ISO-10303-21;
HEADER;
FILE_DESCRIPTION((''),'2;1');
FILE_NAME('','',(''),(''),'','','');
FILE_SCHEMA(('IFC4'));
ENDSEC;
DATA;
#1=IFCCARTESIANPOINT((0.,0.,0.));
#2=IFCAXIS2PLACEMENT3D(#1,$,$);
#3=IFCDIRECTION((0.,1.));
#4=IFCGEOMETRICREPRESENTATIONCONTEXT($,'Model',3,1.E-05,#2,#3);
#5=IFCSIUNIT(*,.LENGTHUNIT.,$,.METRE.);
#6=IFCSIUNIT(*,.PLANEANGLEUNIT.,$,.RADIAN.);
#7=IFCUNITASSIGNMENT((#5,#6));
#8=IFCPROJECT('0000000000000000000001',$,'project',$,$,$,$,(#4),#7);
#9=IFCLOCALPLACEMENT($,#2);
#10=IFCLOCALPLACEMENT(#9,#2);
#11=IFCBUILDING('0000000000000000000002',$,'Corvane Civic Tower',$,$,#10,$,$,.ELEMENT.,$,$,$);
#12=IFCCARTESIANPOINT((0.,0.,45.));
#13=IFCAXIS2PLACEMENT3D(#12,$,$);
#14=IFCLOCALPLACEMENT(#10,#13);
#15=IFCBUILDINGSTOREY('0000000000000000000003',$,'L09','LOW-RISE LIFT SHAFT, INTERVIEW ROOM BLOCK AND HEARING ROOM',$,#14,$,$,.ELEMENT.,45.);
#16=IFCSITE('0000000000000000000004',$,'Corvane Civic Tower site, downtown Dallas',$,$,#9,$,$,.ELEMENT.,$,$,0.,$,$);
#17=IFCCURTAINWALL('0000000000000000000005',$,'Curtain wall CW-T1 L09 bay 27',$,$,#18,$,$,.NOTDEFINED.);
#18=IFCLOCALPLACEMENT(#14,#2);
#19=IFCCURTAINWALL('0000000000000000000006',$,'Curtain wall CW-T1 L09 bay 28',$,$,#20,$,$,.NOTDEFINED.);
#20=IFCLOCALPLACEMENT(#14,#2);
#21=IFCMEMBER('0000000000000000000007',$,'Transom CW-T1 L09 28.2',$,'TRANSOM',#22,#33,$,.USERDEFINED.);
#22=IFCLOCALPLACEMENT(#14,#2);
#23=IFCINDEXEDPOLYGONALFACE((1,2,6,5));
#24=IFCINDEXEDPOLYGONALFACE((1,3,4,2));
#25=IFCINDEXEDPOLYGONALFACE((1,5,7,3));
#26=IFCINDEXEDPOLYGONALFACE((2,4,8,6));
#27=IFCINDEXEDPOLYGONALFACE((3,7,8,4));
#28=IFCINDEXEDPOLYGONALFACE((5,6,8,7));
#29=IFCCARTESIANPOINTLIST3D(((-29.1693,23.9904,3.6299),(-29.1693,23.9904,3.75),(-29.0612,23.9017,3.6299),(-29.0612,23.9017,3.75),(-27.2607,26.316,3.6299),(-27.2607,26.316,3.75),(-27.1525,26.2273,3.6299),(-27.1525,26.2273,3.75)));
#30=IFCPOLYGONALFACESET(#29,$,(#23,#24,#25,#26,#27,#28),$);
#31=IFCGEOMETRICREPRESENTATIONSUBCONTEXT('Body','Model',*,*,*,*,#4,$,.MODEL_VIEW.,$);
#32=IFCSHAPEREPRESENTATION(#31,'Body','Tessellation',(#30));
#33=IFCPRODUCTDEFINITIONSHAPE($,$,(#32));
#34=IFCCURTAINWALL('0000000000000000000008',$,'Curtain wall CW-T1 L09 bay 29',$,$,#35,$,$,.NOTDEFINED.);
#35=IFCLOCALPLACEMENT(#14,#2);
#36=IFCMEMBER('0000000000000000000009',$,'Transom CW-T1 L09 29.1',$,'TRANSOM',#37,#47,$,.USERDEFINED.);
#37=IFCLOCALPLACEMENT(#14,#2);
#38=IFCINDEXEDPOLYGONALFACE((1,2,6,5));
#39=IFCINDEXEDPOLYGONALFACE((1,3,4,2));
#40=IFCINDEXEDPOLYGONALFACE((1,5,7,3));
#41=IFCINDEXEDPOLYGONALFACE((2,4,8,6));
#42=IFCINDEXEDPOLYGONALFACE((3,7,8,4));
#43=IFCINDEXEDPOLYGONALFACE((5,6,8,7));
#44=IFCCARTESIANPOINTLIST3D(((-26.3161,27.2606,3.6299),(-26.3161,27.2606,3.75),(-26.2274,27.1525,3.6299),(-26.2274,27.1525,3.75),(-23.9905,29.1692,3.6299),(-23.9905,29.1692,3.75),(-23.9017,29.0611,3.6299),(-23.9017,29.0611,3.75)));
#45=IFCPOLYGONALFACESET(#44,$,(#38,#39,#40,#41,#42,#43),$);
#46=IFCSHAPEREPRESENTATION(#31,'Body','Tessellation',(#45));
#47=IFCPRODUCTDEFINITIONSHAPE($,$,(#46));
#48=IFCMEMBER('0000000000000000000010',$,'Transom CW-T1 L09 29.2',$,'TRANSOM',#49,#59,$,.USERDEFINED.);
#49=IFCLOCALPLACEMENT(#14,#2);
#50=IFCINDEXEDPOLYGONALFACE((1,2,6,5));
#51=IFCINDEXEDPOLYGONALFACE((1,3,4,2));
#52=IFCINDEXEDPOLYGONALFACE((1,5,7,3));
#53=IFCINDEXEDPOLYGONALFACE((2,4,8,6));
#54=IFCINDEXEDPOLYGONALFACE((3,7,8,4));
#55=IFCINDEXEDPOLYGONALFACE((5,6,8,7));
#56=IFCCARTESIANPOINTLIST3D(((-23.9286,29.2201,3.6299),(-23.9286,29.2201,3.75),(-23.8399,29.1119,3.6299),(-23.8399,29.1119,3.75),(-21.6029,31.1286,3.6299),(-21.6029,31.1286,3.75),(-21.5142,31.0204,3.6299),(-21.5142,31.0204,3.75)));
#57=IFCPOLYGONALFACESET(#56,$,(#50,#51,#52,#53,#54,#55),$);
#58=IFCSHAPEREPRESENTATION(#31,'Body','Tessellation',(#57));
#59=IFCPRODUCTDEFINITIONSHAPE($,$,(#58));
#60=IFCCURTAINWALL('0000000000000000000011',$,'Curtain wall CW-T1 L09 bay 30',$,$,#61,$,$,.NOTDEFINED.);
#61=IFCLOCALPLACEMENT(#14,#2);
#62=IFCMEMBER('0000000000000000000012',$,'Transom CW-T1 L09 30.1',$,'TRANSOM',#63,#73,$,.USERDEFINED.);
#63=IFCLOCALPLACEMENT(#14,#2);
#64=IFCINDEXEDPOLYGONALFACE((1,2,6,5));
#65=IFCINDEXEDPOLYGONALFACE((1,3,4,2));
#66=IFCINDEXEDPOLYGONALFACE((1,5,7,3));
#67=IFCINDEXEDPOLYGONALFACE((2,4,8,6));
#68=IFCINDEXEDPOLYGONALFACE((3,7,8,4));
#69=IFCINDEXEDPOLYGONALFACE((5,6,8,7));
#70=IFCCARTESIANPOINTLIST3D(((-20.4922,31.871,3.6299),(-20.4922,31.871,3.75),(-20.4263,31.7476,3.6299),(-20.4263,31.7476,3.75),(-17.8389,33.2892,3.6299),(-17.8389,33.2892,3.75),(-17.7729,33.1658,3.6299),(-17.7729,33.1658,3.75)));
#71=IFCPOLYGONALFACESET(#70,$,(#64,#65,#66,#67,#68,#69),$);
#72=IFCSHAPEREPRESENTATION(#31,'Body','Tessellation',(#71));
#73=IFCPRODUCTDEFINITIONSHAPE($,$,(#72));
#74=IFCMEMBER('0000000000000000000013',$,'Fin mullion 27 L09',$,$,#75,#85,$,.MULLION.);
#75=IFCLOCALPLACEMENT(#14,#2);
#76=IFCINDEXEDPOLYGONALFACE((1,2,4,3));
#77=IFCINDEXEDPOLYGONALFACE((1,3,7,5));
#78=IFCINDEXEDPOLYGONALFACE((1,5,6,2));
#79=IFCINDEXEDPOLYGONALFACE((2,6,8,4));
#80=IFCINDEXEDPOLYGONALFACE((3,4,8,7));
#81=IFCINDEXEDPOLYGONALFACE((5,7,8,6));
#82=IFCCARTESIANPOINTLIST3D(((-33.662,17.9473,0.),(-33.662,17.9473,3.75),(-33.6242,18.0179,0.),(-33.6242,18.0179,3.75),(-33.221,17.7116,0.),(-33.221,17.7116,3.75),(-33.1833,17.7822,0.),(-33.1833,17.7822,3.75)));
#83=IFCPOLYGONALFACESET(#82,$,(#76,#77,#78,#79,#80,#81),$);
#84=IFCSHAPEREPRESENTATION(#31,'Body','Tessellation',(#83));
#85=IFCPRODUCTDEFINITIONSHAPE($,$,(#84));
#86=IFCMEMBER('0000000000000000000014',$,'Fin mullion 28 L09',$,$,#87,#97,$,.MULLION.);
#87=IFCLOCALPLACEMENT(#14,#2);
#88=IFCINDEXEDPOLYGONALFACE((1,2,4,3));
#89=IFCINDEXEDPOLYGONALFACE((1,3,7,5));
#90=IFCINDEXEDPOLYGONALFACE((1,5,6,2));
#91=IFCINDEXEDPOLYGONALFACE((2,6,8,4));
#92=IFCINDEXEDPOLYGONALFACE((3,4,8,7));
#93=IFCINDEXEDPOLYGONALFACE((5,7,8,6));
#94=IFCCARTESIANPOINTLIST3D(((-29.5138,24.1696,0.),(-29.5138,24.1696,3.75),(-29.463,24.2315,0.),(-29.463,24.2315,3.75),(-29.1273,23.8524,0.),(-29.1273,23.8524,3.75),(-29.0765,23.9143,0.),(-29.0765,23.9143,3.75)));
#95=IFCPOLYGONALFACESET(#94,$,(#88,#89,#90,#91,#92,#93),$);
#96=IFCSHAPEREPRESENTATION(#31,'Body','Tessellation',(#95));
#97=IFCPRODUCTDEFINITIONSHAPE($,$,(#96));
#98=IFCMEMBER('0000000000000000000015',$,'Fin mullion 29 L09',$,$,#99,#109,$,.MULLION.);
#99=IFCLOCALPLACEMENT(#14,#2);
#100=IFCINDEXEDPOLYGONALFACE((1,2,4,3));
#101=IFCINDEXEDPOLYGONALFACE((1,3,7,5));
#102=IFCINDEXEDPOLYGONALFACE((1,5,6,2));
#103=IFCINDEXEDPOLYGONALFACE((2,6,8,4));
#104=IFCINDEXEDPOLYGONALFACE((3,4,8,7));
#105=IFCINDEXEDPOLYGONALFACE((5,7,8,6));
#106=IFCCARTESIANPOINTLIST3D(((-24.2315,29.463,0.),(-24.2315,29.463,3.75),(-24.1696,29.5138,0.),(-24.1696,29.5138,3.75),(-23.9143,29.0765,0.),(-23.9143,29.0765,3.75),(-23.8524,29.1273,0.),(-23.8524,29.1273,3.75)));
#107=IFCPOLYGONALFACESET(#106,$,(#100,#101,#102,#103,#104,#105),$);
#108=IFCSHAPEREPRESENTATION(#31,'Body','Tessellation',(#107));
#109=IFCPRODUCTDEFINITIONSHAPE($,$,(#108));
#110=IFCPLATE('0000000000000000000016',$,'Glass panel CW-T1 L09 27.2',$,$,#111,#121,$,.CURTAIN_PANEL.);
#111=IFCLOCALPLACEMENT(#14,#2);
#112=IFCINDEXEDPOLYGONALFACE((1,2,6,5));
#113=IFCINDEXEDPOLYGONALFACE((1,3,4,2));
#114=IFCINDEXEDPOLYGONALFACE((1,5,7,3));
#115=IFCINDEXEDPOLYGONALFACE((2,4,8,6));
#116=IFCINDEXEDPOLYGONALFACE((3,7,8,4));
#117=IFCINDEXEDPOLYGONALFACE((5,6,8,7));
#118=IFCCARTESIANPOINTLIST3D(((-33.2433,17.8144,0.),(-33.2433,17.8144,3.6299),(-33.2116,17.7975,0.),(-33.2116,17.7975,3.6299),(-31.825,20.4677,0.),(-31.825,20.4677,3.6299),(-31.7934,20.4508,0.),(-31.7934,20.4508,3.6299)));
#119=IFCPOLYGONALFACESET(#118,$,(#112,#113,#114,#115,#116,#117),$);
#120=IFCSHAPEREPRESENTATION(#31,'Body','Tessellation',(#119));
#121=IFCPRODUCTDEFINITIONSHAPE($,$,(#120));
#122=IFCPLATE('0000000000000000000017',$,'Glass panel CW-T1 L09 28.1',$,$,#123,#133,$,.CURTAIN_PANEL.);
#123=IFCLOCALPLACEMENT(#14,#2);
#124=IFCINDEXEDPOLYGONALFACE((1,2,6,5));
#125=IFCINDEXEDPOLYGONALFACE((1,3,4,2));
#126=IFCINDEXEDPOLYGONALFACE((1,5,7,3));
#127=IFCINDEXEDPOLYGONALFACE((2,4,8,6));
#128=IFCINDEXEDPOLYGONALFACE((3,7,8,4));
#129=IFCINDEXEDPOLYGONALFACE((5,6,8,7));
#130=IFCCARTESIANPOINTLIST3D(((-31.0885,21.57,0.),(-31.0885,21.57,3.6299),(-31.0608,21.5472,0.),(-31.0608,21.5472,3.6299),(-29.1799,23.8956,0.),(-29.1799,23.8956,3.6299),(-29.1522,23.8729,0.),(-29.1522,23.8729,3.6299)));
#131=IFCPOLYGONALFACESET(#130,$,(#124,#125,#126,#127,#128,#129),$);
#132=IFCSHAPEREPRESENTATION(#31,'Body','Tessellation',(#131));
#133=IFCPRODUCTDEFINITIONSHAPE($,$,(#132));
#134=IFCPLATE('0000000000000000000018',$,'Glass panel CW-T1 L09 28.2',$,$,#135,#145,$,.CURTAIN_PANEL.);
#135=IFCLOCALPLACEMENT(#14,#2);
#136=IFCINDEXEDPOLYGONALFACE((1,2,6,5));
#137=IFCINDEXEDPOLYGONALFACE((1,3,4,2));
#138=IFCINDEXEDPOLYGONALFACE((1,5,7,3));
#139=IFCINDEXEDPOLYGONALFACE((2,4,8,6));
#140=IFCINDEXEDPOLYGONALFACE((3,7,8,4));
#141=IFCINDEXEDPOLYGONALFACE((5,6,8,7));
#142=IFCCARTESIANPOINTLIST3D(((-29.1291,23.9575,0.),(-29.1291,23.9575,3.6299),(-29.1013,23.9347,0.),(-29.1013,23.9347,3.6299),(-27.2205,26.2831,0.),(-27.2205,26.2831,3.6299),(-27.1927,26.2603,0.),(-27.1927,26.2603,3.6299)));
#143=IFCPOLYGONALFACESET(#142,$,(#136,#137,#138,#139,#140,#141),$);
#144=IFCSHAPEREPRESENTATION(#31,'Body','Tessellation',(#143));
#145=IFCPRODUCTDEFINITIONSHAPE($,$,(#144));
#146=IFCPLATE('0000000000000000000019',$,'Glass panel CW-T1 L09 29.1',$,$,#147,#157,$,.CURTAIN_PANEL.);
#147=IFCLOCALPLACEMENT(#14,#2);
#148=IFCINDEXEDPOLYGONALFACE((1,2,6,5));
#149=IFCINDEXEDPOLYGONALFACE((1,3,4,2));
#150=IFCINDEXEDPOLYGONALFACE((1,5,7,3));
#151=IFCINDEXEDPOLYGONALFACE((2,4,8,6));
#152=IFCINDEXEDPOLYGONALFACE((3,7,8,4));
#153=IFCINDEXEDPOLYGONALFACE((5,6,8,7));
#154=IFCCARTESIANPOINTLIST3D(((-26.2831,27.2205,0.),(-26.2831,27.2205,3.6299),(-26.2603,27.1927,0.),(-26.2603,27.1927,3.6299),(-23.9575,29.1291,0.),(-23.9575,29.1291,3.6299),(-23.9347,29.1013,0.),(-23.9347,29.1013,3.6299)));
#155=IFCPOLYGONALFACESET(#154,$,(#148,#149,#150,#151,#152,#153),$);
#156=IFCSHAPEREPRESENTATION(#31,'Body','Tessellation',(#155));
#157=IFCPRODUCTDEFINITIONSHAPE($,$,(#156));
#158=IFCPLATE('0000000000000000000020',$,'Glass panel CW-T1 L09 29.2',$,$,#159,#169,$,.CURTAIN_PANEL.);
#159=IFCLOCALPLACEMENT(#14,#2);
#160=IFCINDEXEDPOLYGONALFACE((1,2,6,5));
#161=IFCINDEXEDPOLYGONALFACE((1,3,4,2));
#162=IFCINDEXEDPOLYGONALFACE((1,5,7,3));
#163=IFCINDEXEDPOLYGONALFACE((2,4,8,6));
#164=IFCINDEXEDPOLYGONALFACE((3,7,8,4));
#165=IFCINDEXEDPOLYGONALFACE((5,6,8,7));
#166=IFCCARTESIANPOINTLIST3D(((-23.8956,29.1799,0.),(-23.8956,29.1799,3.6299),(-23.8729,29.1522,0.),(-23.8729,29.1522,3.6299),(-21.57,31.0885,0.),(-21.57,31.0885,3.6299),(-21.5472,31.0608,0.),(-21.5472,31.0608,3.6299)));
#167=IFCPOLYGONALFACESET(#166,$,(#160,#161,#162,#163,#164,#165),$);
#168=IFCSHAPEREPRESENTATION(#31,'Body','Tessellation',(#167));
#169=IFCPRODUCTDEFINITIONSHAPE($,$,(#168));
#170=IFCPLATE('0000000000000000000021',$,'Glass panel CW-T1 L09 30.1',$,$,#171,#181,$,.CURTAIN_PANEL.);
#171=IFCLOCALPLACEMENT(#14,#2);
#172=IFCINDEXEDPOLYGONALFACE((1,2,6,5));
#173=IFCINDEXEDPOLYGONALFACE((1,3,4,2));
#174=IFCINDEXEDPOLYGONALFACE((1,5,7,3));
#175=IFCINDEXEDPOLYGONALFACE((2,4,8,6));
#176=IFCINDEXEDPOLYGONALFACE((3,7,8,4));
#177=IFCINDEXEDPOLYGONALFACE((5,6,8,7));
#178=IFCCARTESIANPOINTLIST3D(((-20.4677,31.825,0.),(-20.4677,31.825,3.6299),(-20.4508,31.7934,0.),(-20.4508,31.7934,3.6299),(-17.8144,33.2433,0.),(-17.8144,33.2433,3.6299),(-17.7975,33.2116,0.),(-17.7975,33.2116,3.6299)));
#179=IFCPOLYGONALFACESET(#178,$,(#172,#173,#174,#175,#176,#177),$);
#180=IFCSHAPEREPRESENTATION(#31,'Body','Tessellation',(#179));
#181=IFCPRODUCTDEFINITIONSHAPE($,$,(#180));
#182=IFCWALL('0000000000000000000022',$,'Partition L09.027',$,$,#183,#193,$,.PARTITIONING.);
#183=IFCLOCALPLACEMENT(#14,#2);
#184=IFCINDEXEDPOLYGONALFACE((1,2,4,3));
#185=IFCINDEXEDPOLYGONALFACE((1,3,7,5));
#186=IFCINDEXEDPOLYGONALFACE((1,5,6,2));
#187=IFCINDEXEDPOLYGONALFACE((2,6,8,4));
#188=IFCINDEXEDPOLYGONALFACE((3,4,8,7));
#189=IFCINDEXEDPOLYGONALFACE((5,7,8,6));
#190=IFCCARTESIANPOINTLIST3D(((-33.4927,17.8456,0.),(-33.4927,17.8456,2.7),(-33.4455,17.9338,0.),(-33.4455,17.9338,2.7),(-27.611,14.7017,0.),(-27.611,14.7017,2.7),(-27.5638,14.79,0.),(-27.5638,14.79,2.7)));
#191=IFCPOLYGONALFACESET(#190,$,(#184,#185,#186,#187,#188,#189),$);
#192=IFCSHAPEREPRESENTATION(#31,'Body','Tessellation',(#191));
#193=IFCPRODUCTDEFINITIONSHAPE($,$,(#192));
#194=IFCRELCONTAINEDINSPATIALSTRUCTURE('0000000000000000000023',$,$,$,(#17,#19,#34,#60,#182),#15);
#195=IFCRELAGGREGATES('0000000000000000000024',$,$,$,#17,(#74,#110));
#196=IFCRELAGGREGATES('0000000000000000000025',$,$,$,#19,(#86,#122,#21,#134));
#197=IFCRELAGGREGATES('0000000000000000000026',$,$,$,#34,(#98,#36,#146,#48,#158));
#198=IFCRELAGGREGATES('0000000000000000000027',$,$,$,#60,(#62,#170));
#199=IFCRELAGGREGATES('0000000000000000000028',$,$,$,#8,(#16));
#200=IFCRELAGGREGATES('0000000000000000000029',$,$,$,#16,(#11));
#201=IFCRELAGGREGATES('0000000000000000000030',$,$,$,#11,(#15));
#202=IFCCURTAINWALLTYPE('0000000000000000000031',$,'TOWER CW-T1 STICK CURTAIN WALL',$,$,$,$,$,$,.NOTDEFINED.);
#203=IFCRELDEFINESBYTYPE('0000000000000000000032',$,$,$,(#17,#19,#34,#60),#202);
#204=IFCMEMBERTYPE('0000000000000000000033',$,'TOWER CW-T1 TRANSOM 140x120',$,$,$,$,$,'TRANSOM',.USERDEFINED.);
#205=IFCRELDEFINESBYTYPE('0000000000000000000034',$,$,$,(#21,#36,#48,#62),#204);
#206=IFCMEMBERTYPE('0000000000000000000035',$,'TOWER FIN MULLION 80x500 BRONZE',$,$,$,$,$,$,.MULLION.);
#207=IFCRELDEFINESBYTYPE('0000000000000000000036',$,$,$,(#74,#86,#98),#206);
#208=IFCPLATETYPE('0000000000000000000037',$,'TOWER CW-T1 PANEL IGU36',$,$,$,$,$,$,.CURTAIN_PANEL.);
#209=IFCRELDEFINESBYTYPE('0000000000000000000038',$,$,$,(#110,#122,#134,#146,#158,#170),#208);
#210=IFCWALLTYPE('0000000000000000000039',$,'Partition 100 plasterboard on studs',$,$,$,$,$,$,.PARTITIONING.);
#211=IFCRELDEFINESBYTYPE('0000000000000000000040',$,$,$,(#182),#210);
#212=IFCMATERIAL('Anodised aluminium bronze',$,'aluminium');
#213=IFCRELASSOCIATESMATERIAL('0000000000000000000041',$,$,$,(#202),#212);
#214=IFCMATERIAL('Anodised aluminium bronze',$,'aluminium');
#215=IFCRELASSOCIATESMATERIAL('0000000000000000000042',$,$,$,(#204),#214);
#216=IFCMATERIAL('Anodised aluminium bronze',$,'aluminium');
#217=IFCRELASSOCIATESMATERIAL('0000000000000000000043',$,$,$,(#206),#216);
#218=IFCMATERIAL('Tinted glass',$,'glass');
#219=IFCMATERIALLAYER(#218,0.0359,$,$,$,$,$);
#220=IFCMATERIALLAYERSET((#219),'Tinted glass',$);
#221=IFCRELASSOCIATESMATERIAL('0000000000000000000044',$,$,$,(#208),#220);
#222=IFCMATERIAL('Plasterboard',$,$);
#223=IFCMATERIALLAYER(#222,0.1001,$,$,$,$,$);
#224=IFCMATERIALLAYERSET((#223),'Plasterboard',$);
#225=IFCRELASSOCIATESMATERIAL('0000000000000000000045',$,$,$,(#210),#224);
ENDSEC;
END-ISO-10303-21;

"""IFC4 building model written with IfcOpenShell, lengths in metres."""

from ifc_helpers import new_model, si_unit, direction, frame, frame_2d, origin, origin_2d, place, context, subcontext, project, spatial, rectangle, extrude, material, layer, layer_set, material_profile, profile_set, type_object, element, aggregate, save


model = new_model("IFC4")

# Units and contexts
model_context = context("Model", 3, precision=1e-05, world=origin(), true_north=direction((0.0, 1.0)))
body_context = subcontext(model_context, "Body", "Model", "MODEL_VIEW")
ifc_project = project(units=[si_unit("LENGTHUNIT", "METRE"), si_unit("PLANEANGLEUNIT", "RADIAN")], contexts=[model_context])

# Site, building, storey
site_placement = place(None, origin())
site = spatial("IfcSite", under=ifc_project, at=site_placement, Name="Corvane Civic Tower site, downtown Dallas", CompositionType="ELEMENT", RefElevation=0.0)
building_placement = place(site_placement, origin())
building = spatial("IfcBuilding", under=site, at=building_placement, Name="Corvane Civic Tower", CompositionType="ELEMENT")
storey_placement = place(building_placement, frame((0.0, 0.0, 45.0)))
storey = spatial("IfcBuildingStorey", under=building, at=storey_placement, Name="L09", Description="LOW-RISE LIFT SHAFT, INTERVIEW ROOM BLOCK AND HEARING ROOM", CompositionType="ELEMENT", Elevation=45.0)

# Curtain wall
ifc_material_1 = material(Name="Anodised aluminium bronze", Category="aluminium")
curtain_wall_type = type_object("IfcCurtainWallType", Name="TOWER CW-T1 STICK CURTAIN WALL", PredefinedType="NOTDEFINED", material=ifc_material_1)
curtain_wall_1_placement = place(storey_placement, origin())
curtain_wall_1 = element("IfcCurtainWall", 1, at=curtain_wall_1_placement, inside=storey, type_object=curtain_wall_type, Name="Curtain wall CW-T1 L09 bay 27", PredefinedType="NOTDEFINED")
ifc_material_2 = material(Name="Anodised aluminium bronze", Category="aluminium")
ifc_material_profile_1 = material_profile(ifc_material_2, rectangle(XDim=0.1399, YDim=0.1201, at=origin_2d()), Name="TOWER CW-T1 TRANSOM 140x120")
ifc_profile_set_1 = profile_set([ifc_material_profile_1], Name="Anodised aluminium bronze")
member_type_1 = type_object("IfcMemberType", Name="TOWER CW-T1 TRANSOM 140x120", ElementType="TRANSOM", PredefinedType="USERDEFINED", material=ifc_profile_set_1)

# Curtain walls, members
curtain_wall_2_placement = place(storey_placement, origin())
curtain_wall_2 = element("IfcCurtainWall", 2, at=curtain_wall_2_placement, inside=storey, type_object=curtain_wall_type, Name="Curtain wall CW-T1 L09 bay 28", PredefinedType="NOTDEFINED")
member_1_placement = place(storey_placement, frame((-29.1152, 23.946, 3.6899), z_axis=(0.634404, 0.773002, 0.0), x_axis=(-0.773002, 0.634404, 0.0)))
member_1 = element("IfcMember", 3, at=member_1_placement, type_object=member_type_1, Name="Transom CW-T1 L09 28.2", ObjectType="TRANSOM", PredefinedType="USERDEFINED", context=body_context, shape_type="SweptSolid", body=[
    extrude(rectangle(XDim=0.1399, YDim=0.1201, at=origin_2d()), origin(), (0.0, 0.0, 1.0), 3.0085),
])
curtain_wall_3_placement = place(storey_placement, origin())
curtain_wall_3 = element("IfcCurtainWall", 4, at=curtain_wall_3_placement, inside=storey, type_object=curtain_wall_type, Name="Curtain wall CW-T1 L09 bay 29", PredefinedType="NOTDEFINED")
member_2_placement = place(storey_placement, frame((-26.2717, 27.2065, 3.6899), z_axis=(0.773002, 0.634404, 0.0), x_axis=(-0.634404, 0.773002, 0.0)))
member_2 = element("IfcMember", 5, at=member_2_placement, type_object=member_type_1, Name="Transom CW-T1 L09 29.1", ObjectType="TRANSOM", PredefinedType="USERDEFINED", context=body_context, shape_type="SweptSolid", body=[
    extrude(rectangle(XDim=0.1399, YDim=0.1201, at=origin_2d()), origin(), (0.0, 0.0, 1.0), 3.0085),
])
member_3_placement = place(storey_placement, frame((-23.8843, 29.166, 3.6899), z_axis=(0.773042, 0.634355, 0.0), x_axis=(-0.634355, 0.773042, 0.0)))
member_3 = element("IfcMember", 6, at=member_3_placement, type_object=member_type_1, Name="Transom CW-T1 L09 29.2", ObjectType="TRANSOM", PredefinedType="USERDEFINED", context=body_context, shape_type="SweptSolid", body=[
    extrude(rectangle(XDim=0.1399, YDim=0.1201, at=origin_2d()), origin(), (0.0, 0.0, 1.0), 3.0085),
])

# Curtain wall, member
curtain_wall_4_placement = place(storey_placement, origin())
curtain_wall_4 = element("IfcCurtainWall", 7, at=curtain_wall_4_placement, inside=storey, type_object=curtain_wall_type, Name="Curtain wall CW-T1 L09 bay 30", PredefinedType="NOTDEFINED")
member_4_placement = place(storey_placement, frame((-20.4592, 31.8093, 3.6899), z_axis=(0.881924, 0.471393, 0.0), x_axis=(-0.471393, 0.881924, 0.0)))
member_4 = element("IfcMember", 8, at=member_4_placement, type_object=member_type_1, Name="Transom CW-T1 L09 30.1", ObjectType="TRANSOM", PredefinedType="USERDEFINED", context=body_context, shape_type="SweptSolid", body=[
    extrude(rectangle(XDim=0.1399, YDim=0.1201, at=origin_2d()), origin(), (0.0, 0.0, 1.0), 3.0085),
])

# Members
ifc_material_3 = material(Name="Anodised aluminium bronze", Category="aluminium")
ifc_material_profile_2 = material_profile(ifc_material_3, rectangle(XDim=0.0801, YDim=0.5, at=origin_2d()), Name="TOWER FIN MULLION 80x500 BRONZE")
ifc_profile_set_2 = profile_set([ifc_material_profile_2], Name="Anodised aluminium bronze")
member_type_2 = type_object("IfcMemberType", Name="TOWER FIN MULLION 80x500 BRONZE", PredefinedType="MULLION", material=ifc_profile_set_2)
member_5_placement = place(storey_placement, frame((-33.4226, 17.8647, 0.0), z_axis=(0.0, 0.0, 1.0), x_axis=(0.471404, 0.881918, 0.0)))
member_5 = element("IfcMember", 9, at=member_5_placement, type_object=member_type_2, Name="Fin mullion 27 L09", PredefinedType="MULLION", context=body_context, shape_type="SweptSolid", body=[
    extrude(rectangle(XDim=0.0801, YDim=0.5, at=origin_2d()), origin(), (0.0, 0.0, 1.0), 3.75),
])
member_6_placement = place(storey_placement, frame((-29.2952, 24.042, 0.0), z_axis=(0.0, 0.0, 1.0), x_axis=(0.634397, 0.773007, 0.0)))
member_6 = element("IfcMember", 10, at=member_6_placement, type_object=member_type_2, Name="Fin mullion 28 L09", PredefinedType="MULLION", context=body_context, shape_type="SweptSolid", body=[
    extrude(rectangle(XDim=0.0801, YDim=0.5, at=origin_2d()), origin(), (0.0, 0.0, 1.0), 3.75),
])
member_7_placement = place(storey_placement, frame((-24.042, 29.2952, 0.0), z_axis=(0.0, 0.0, 1.0), x_axis=(0.773007, 0.634397, 0.0)))
member_7 = element("IfcMember", 11, at=member_7_placement, type_object=member_type_2, Name="Fin mullion 29 L09", PredefinedType="MULLION", context=body_context, shape_type="SweptSolid", body=[
    extrude(rectangle(XDim=0.0801, YDim=0.5, at=origin_2d()), origin(), (0.0, 0.0, 1.0), 3.75),
])

# Plates
ifc_material_4 = material(Name="Tinted glass", Category="glass")
ifc_layer_1 = layer(ifc_material_4, 0.0359)
ifc_layer_set_1 = layer_set([ifc_layer_1], Name="Tinted glass")
plate_type = type_object("IfcPlateType", Name="TOWER CW-T1 PANEL IGU36", PredefinedType="CURTAIN_PANEL", material=ifc_layer_set_1)
plate_1_placement = place(storey_placement, frame((-32.5183, 19.1326, 0.0), z_axis=(0.0, 0.0, 1.0), x_axis=(0.471404, 0.881918, 0.0)))
plate_1 = element("IfcPlate", 12, at=plate_1_placement, type_object=plate_type, Name="Glass panel CW-T1 L09 27.2", PredefinedType="CURTAIN_PANEL", context=body_context, shape_type="SweptSolid", body=[
    extrude(rectangle(XDim=3.0085, YDim=0.0359, at=origin_2d()), origin(), (0.0, 0.0, 1.0), 3.6299),
])
aggregate(curtain_wall_1, [member_5, plate_1])
plate_2_placement = place(storey_placement, frame((-30.1204, 22.7214, 0.0), z_axis=(0.0, 0.0, 1.0), x_axis=(0.634397, 0.773007, 0.0)))
plate_2 = element("IfcPlate", 13, at=plate_2_placement, type_object=plate_type, Name="Glass panel CW-T1 L09 28.1", PredefinedType="CURTAIN_PANEL", context=body_context, shape_type="SweptSolid", body=[
    extrude(rectangle(XDim=3.0085, YDim=0.0359, at=origin_2d()), origin(), (0.0, 0.0, 1.0), 3.6299),
])
plate_3_placement = place(storey_placement, frame((-28.1609, 25.1089, 0.0), z_axis=(0.0, 0.0, 1.0), x_axis=(0.634397, 0.773007, 0.0)))
plate_3 = element("IfcPlate", 14, at=plate_3_placement, type_object=plate_type, Name="Glass panel CW-T1 L09 28.2", PredefinedType="CURTAIN_PANEL", context=body_context, shape_type="SweptSolid", body=[
    extrude(rectangle(XDim=3.0085, YDim=0.0359, at=origin_2d()), origin(), (0.0, 0.0, 1.0), 3.6299),
])
aggregate(curtain_wall_2, [member_6, plate_2, member_1, plate_3])
plate_4_placement = place(storey_placement, frame((-25.1089, 28.1609, 0.0), z_axis=(0.0, 0.0, 1.0), x_axis=(0.773007, 0.634397, 0.0)))
plate_4 = element("IfcPlate", 15, at=plate_4_placement, type_object=plate_type, Name="Glass panel CW-T1 L09 29.1", PredefinedType="CURTAIN_PANEL", context=body_context, shape_type="SweptSolid", body=[
    extrude(rectangle(XDim=3.0085, YDim=0.0359, at=origin_2d()), origin(), (0.0, 0.0, 1.0), 3.6299),
])
plate_5_placement = place(storey_placement, frame((-22.7214, 30.1204, 0.0), z_axis=(0.0, 0.0, 1.0), x_axis=(0.773007, 0.634397, 0.0)))
plate_5 = element("IfcPlate", 16, at=plate_5_placement, type_object=plate_type, Name="Glass panel CW-T1 L09 29.2", PredefinedType="CURTAIN_PANEL", context=body_context, shape_type="SweptSolid", body=[
    extrude(rectangle(XDim=3.0085, YDim=0.0359, at=origin_2d()), origin(), (0.0, 0.0, 1.0), 3.6299),
])
aggregate(curtain_wall_3, [member_7, member_2, plate_4, member_3, plate_5])
plate_6_placement = place(storey_placement, frame((-19.1326, 32.5183, 0.0), z_axis=(0.0, 0.0, 1.0), x_axis=(0.881918, 0.471404, 0.0)))
plate_6 = element("IfcPlate", 17, at=plate_6_placement, type_object=plate_type, Name="Glass panel CW-T1 L09 30.1", PredefinedType="CURTAIN_PANEL", context=body_context, shape_type="SweptSolid", body=[
    extrude(rectangle(XDim=3.0085, YDim=0.0359, at=origin_2d()), origin(), (0.0, 0.0, 1.0), 3.6299),
])
aggregate(curtain_wall_4, [member_4, plate_6])

# Wall
ifc_material_5 = material(Name="Plasterboard")
ifc_layer_2 = layer(ifc_material_5, 0.1001)
ifc_layer_set_2 = layer_set([ifc_layer_2], Name="Plasterboard")
wall_type = type_object("IfcWallType", Name="Partition 100 plasterboard on studs", PredefinedType="PARTITIONING", material=ifc_layer_set_2)
wall_1_placement = place(storey_placement, frame((-33.469, 17.8896, 0.0), z_axis=(0.0, 0.0, 1.0), x_axis=(0.88192, -0.471399, 0.0)))
element("IfcWall", 18, at=wall_1_placement, inside=storey, type_object=wall_type, Name="Partition L09.027", PredefinedType="PARTITIONING", context=body_context, shape_type="SweptSolid", body=[
    extrude(rectangle(XDim=6.6692, YDim=0.1001, at=frame_2d((3.3345, 0.0))), origin(), (0.0, 0.0, 1.0), 2.7),
])

save(model, "model.ifc")
